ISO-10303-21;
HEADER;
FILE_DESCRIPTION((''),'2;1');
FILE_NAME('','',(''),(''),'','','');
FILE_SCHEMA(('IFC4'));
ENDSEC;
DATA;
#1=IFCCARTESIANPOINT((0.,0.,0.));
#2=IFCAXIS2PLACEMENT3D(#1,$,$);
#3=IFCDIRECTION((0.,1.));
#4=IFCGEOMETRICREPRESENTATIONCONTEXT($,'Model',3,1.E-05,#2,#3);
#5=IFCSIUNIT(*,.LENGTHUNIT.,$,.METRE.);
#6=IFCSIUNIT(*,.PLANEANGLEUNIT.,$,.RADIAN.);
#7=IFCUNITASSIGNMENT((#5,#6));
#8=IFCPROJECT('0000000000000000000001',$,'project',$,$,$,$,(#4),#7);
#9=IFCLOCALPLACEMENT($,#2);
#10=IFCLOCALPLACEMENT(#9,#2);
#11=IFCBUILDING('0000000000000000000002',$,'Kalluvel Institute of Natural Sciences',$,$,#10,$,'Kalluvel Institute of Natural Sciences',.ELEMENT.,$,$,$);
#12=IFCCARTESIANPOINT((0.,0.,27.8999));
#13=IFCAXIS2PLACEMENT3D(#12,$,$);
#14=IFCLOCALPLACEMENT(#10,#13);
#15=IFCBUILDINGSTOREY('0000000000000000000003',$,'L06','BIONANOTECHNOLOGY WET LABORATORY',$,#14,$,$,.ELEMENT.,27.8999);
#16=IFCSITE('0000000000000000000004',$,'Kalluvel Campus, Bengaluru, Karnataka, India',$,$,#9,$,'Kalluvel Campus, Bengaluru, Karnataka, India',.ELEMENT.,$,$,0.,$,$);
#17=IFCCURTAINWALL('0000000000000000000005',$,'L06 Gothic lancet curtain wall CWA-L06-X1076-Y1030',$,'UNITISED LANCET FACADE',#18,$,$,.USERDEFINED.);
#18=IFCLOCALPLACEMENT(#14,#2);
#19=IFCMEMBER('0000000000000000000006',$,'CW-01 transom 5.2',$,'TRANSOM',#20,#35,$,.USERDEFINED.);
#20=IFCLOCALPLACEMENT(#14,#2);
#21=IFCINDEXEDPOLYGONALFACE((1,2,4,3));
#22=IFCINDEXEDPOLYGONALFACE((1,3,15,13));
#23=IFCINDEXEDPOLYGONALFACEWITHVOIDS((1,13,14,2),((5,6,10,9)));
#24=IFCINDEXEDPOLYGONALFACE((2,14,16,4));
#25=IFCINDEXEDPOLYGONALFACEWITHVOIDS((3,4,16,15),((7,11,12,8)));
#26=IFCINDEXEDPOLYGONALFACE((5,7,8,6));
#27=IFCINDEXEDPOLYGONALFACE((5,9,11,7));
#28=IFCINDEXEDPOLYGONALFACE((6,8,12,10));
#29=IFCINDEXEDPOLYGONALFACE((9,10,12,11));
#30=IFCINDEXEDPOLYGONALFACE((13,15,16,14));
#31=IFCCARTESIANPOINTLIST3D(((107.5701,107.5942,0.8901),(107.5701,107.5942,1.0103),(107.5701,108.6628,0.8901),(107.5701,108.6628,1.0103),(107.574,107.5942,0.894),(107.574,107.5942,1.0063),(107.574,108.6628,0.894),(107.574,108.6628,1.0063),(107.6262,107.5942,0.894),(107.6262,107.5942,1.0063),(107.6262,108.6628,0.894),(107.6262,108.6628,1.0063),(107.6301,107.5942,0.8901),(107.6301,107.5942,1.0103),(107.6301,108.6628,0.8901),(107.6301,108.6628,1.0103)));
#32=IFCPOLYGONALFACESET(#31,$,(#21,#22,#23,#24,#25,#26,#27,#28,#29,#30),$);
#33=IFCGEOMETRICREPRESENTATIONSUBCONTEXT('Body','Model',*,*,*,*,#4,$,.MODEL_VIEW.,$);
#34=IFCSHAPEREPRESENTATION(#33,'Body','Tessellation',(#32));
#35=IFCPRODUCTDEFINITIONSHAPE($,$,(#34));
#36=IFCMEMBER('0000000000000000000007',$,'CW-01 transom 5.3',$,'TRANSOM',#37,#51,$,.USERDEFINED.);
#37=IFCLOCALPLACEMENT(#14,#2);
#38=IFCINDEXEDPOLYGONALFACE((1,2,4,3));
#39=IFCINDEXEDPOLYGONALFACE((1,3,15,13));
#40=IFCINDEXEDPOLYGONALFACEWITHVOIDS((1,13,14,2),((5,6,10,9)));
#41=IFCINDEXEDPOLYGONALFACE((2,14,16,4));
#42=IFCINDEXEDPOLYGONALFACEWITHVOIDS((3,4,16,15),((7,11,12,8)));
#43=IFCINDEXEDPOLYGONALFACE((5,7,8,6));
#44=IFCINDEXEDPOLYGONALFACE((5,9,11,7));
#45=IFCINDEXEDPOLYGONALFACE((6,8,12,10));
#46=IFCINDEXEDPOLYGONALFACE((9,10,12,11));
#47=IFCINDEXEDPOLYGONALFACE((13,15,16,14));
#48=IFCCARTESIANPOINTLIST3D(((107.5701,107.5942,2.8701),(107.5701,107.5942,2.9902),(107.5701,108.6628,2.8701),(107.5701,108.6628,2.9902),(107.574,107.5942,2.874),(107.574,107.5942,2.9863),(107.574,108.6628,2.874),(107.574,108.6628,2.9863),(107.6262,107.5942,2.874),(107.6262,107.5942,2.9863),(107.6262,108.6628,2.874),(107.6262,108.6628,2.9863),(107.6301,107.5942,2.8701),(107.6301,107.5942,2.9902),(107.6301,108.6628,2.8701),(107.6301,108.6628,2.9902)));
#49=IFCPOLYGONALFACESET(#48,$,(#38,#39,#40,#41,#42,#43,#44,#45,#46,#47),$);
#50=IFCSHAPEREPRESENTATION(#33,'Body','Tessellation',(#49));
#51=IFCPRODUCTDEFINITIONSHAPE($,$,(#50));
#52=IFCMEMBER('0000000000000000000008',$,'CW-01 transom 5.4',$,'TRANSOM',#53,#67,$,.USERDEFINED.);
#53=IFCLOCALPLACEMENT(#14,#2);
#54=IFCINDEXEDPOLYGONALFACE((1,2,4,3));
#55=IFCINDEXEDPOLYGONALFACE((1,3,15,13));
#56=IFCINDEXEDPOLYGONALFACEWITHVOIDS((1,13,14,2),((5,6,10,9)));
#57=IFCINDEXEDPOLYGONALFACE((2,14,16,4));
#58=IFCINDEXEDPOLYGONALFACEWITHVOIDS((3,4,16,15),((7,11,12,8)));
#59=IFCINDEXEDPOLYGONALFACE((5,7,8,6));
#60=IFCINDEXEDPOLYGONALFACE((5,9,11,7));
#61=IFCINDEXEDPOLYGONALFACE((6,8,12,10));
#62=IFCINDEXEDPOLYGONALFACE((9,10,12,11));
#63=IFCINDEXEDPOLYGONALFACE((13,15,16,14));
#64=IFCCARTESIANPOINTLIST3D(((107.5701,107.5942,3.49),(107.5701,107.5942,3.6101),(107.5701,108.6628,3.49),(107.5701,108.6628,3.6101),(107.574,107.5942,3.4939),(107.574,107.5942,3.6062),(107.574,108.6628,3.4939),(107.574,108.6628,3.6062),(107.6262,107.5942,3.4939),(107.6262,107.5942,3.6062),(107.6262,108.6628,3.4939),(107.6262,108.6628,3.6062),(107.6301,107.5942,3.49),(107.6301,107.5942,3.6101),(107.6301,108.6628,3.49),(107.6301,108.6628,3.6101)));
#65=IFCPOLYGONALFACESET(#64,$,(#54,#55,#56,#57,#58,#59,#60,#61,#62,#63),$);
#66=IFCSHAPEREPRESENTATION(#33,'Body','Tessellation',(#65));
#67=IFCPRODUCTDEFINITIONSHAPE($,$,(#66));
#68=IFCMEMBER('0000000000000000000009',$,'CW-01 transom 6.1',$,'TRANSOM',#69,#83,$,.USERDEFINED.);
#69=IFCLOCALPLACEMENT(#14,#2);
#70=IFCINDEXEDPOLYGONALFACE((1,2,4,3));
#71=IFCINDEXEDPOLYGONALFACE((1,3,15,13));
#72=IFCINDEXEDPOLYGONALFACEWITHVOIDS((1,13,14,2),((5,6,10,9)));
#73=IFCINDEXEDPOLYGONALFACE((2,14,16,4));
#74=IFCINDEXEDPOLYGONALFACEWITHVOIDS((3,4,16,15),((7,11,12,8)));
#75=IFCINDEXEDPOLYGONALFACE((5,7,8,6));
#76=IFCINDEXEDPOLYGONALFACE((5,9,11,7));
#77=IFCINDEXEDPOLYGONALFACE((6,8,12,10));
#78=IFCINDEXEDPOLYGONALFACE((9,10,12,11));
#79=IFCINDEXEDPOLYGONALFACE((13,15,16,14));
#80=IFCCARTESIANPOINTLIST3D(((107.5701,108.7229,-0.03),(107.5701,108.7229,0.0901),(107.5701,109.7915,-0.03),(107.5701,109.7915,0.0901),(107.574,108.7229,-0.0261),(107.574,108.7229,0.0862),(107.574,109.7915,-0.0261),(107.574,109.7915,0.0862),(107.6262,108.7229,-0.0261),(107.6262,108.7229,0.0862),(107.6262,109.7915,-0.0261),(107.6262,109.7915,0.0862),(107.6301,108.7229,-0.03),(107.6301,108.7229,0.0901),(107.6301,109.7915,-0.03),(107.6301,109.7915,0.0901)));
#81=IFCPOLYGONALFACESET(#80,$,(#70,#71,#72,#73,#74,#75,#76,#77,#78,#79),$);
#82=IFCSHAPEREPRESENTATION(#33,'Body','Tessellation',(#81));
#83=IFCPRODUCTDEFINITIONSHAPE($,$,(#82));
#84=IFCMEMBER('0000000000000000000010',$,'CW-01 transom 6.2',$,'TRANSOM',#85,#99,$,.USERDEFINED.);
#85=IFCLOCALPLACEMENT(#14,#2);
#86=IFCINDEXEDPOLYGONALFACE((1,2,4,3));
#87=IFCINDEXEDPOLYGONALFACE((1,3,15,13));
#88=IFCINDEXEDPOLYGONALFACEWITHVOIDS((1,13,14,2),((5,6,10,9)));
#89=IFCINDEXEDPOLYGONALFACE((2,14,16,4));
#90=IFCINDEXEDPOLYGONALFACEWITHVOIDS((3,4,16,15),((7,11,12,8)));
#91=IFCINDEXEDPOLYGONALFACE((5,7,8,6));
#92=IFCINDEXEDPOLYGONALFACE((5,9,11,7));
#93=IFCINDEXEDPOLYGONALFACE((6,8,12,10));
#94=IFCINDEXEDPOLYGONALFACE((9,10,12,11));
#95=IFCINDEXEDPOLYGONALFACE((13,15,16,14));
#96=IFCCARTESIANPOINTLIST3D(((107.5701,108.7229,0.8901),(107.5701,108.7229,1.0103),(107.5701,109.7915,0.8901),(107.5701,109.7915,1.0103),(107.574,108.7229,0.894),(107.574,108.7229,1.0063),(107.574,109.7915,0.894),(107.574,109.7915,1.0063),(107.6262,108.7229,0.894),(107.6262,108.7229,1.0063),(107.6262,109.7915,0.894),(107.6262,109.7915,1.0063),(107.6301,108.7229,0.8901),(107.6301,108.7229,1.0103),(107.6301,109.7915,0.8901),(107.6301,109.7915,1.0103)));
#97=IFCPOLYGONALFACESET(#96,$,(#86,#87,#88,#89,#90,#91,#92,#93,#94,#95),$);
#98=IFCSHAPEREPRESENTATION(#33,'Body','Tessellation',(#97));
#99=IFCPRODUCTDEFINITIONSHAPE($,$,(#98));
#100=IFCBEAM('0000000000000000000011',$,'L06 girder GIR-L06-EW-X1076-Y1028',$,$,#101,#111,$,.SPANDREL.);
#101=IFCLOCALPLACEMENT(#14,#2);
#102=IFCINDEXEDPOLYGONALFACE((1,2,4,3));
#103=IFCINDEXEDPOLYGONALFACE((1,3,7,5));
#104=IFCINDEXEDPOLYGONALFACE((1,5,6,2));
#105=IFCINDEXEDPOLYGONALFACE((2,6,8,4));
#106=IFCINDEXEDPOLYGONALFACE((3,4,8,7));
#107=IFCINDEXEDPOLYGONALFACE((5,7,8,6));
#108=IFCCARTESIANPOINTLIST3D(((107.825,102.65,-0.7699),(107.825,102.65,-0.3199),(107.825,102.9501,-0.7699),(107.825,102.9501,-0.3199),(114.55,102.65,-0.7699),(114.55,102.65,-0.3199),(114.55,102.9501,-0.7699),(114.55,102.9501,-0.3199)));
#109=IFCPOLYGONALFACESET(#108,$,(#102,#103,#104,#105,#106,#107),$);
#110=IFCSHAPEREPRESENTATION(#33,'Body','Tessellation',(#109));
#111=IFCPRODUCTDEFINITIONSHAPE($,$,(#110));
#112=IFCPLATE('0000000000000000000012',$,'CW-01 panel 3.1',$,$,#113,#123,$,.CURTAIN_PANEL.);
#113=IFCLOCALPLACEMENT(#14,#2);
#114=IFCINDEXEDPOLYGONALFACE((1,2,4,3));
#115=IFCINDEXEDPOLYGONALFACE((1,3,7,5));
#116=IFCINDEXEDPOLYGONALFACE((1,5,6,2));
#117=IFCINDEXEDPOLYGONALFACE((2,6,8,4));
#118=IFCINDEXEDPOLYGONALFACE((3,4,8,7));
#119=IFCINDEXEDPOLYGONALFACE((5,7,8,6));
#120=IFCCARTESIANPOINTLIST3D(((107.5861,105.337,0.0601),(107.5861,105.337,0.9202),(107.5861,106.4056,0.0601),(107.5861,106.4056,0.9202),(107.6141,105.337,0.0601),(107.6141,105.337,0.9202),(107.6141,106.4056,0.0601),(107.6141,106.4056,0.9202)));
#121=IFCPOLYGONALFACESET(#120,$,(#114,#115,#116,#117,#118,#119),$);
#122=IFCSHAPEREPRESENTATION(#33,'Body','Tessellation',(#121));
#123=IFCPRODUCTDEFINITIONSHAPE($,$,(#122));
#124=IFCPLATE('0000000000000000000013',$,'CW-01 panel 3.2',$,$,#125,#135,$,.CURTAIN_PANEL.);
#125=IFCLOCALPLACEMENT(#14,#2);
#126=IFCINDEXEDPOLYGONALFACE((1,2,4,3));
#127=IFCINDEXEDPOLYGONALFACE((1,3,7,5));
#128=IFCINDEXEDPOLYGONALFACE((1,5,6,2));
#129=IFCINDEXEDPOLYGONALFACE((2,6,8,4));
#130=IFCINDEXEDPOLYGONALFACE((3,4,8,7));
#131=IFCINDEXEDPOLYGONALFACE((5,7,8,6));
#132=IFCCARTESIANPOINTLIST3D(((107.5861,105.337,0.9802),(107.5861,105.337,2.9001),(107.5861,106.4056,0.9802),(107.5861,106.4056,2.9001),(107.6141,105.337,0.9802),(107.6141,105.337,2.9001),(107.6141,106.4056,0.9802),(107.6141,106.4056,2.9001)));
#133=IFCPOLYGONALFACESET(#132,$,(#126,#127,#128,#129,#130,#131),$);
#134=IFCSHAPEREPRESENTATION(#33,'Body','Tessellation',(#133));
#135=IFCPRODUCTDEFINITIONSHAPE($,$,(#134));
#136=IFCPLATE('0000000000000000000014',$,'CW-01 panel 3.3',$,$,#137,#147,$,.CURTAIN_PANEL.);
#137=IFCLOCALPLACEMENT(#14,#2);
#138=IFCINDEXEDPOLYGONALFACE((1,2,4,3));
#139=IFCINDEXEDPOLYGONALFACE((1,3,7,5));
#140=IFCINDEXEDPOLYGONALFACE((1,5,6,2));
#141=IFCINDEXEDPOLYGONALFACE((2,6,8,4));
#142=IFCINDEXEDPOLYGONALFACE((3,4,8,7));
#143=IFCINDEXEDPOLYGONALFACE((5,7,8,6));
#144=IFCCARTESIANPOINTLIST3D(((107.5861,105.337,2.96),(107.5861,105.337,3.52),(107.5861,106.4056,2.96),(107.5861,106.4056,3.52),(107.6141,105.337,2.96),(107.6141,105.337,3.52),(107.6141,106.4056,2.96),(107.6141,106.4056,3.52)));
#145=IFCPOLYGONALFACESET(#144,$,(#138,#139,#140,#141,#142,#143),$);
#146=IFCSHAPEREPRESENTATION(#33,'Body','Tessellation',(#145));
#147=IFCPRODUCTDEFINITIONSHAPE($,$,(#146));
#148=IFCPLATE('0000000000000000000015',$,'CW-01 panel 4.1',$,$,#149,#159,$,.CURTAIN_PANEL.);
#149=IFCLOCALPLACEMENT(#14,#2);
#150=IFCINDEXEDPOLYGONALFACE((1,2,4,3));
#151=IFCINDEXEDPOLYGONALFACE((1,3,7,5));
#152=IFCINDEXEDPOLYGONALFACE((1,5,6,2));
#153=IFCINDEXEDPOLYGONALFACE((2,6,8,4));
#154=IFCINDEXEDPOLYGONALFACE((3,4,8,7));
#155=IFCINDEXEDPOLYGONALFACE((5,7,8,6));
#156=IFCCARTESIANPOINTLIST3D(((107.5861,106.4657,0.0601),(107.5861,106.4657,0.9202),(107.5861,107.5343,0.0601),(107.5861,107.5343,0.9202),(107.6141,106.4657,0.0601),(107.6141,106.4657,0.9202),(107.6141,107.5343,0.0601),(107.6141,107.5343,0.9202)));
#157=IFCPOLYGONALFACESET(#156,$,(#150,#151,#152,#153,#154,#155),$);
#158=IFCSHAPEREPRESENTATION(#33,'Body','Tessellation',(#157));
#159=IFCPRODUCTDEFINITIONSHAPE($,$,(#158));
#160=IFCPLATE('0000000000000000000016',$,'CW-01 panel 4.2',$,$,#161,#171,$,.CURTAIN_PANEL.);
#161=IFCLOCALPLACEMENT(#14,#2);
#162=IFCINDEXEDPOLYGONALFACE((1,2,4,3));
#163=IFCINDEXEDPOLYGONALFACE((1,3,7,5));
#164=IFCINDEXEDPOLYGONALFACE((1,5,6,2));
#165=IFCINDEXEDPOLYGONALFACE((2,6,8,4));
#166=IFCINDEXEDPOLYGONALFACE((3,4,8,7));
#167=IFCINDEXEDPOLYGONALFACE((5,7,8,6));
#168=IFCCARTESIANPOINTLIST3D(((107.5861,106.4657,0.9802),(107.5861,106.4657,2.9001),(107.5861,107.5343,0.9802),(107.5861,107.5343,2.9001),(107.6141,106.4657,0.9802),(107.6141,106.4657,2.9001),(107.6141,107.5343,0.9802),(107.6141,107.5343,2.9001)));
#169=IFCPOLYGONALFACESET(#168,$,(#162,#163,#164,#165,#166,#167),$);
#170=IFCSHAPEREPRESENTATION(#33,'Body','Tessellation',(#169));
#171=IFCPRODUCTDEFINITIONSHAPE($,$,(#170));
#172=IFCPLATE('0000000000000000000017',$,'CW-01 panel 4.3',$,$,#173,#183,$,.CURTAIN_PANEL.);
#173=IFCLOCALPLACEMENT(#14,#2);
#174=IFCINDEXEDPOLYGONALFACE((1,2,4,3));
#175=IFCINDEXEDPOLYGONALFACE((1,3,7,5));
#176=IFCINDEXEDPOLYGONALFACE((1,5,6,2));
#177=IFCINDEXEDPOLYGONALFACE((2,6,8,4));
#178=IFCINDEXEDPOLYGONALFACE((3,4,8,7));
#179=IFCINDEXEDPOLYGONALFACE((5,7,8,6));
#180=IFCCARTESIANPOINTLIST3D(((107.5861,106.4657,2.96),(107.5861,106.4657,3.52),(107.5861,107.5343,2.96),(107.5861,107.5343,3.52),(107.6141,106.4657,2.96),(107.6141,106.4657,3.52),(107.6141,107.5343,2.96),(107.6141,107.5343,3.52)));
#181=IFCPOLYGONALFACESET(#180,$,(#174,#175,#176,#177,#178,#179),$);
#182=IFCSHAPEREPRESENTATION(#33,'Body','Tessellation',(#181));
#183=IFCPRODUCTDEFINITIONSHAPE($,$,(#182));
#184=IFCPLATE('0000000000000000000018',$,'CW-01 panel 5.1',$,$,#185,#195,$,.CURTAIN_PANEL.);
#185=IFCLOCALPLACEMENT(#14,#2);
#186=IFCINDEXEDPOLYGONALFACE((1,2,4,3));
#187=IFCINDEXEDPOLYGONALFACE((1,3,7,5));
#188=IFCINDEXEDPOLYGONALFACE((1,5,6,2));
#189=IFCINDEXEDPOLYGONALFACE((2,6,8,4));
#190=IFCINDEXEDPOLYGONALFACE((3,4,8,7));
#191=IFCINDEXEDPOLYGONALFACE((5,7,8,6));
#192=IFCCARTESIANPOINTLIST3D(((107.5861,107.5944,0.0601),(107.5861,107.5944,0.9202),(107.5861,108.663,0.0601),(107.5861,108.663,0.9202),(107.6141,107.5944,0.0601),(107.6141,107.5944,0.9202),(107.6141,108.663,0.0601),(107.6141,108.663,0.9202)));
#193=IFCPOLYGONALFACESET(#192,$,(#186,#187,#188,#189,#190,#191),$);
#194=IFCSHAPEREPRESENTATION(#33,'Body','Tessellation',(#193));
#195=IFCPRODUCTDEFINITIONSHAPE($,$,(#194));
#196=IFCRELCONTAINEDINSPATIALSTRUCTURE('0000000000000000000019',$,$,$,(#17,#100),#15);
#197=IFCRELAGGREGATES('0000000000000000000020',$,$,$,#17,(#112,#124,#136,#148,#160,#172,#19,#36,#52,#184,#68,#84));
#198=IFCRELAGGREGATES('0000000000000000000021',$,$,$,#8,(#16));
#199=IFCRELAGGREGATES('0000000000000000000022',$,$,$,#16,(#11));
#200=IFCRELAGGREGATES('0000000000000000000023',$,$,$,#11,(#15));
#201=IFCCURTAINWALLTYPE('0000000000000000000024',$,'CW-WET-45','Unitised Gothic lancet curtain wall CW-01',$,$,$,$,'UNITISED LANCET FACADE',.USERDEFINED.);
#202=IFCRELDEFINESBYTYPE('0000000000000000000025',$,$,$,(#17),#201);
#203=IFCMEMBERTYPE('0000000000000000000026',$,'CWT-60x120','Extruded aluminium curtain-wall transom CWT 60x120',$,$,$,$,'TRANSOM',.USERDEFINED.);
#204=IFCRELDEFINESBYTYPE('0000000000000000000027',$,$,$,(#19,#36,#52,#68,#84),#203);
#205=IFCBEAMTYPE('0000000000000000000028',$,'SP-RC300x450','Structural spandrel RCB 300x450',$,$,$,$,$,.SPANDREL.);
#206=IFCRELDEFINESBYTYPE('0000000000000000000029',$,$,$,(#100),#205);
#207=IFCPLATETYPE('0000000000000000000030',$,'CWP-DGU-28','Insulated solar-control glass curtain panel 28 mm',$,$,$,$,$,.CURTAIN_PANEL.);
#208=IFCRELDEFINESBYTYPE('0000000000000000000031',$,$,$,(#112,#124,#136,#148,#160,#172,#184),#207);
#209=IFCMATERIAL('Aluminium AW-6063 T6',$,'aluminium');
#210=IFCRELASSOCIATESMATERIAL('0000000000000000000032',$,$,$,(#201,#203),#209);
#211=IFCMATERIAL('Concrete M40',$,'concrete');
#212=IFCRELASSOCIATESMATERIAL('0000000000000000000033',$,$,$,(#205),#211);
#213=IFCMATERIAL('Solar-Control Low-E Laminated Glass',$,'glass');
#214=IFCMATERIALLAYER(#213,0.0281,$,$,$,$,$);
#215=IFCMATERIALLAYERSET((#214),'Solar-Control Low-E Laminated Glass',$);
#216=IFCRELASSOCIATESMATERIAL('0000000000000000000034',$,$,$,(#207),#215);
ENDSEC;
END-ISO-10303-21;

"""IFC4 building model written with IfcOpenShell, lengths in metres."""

from ifc_helpers import new_model, si_unit, direction, frame, origin, origin_2d, place, context, subcontext, project, spatial, rectangle, hollow_rectangle, extrude, material, layer, layer_set, material_profile, profile_set, type_object, element, aggregate, save


model = new_model("IFC4")

# Units and contexts
model_context = context("Model", 3, precision=1e-05, world=origin(), true_north=direction((0.0, 1.0)))
body_context = subcontext(model_context, "Body", "Model", "MODEL_VIEW")
ifc_project = project(units=[si_unit("LENGTHUNIT", "METRE"), si_unit("PLANEANGLEUNIT", "RADIAN")], contexts=[model_context])

# Site, building, storey
site_placement = place(None, origin())
site = spatial("IfcSite", under=ifc_project, at=site_placement, Name="Kalluvel Campus, Bengaluru, Karnataka, India", LongName="Kalluvel Campus, Bengaluru, Karnataka, India", CompositionType="ELEMENT", RefElevation=0.0)
building_placement = place(site_placement, origin())
building = spatial("IfcBuilding", under=site, at=building_placement, Name="Kalluvel Institute of Natural Sciences", LongName="Kalluvel Institute of Natural Sciences", CompositionType="ELEMENT")
storey_placement = place(building_placement, frame((0.0, 0.0, 27.8999)))
storey = spatial("IfcBuildingStorey", under=building, at=storey_placement, Name="L06", Description="BIONANOTECHNOLOGY WET LABORATORY", CompositionType="ELEMENT", Elevation=27.8999)

# Curtain wall, members
ifc_material_1 = material(Name="Aluminium AW-6063 T6", Category="aluminium")
curtain_wall_type = type_object("IfcCurtainWallType", Name="CW-WET-45", Description="Unitised Gothic lancet curtain wall CW-01", ElementType="UNITISED LANCET FACADE", PredefinedType="USERDEFINED", material=ifc_material_1)
curtain_wall_placement = place(storey_placement, origin())
curtain_wall = element("IfcCurtainWall", 1, at=curtain_wall_placement, inside=storey, type_object=curtain_wall_type, Name="L06 Gothic lancet curtain wall CWA-L06-X1076-Y1030", ObjectType="UNITISED LANCET FACADE", PredefinedType="USERDEFINED")
ifc_material_profile_1 = material_profile(ifc_material_1, hollow_rectangle(XDim=0.0601, YDim=0.1201, WallThickness=0.0039, at=origin_2d()), Name="CWT 60x120")
ifc_profile_set_1 = profile_set([ifc_material_profile_1], Name="Aluminium AW-6063 T6")
member_type_1 = type_object("IfcMemberType", Name="CWT-60x120", Description="Extruded aluminium curtain-wall transom CWT 60x120", ElementType="TRANSOM", PredefinedType="USERDEFINED", material=ifc_profile_set_1)
member_1_placement = place(storey_placement, frame((107.6001, 107.5942, 0.9502), z_axis=(0.0, 1.0, 0.0), x_axis=(-1.0, 0.0, 0.0)))
member_1 = element("IfcMember", 2, at=member_1_placement, type_object=member_type_1, Name="CW-01 transom 5.2", ObjectType="TRANSOM", PredefinedType="USERDEFINED", context=body_context, shape_type="SweptSolid", body=[
    extrude(hollow_rectangle(XDim=0.0601, YDim=0.1201, WallThickness=0.0039, at=origin_2d()), origin(), (0.0, 0.0, 1.0), 1.0686),
])
member_2_placement = place(storey_placement, frame((107.6001, 107.5942, 2.9302), z_axis=(0.0, 1.0, 0.0), x_axis=(-1.0, 0.0, 0.0)))
member_2 = element("IfcMember", 3, at=member_2_placement, type_object=member_type_1, Name="CW-01 transom 5.3", ObjectType="TRANSOM", PredefinedType="USERDEFINED", context=body_context, shape_type="SweptSolid", body=[
    extrude(hollow_rectangle(XDim=0.0601, YDim=0.1201, WallThickness=0.0039, at=origin_2d()), origin(), (0.0, 0.0, 1.0), 1.0686),
])
member_3_placement = place(storey_placement, frame((107.6001, 107.5942, 3.55), z_axis=(0.0, 1.0, 0.0), x_axis=(-1.0, 0.0, 0.0)))
member_3 = element("IfcMember", 4, at=member_3_placement, type_object=member_type_1, Name="CW-01 transom 5.4", ObjectType="TRANSOM", PredefinedType="USERDEFINED", context=body_context, shape_type="SweptSolid", body=[
    extrude(hollow_rectangle(XDim=0.0601, YDim=0.1201, WallThickness=0.0039, at=origin_2d()), origin(), (0.0, 0.0, 1.0), 1.0686),
])
member_4_placement = place(storey_placement, frame((107.6001, 108.7229, 0.03), z_axis=(0.0, 1.0, 0.0), x_axis=(-1.0, 0.0, 0.0)))
member_4 = element("IfcMember", 5, at=member_4_placement, type_object=member_type_1, Name="CW-01 transom 6.1", ObjectType="TRANSOM", PredefinedType="USERDEFINED", context=body_context, shape_type="SweptSolid", body=[
    extrude(hollow_rectangle(XDim=0.0601, YDim=0.1201, WallThickness=0.0039, at=origin_2d()), origin(), (0.0, 0.0, 1.0), 1.0686),
])
member_5_placement = place(storey_placement, frame((107.6001, 108.7229, 0.9502), z_axis=(0.0, 1.0, 0.0), x_axis=(-1.0, 0.0, 0.0)))
member_5 = element("IfcMember", 6, at=member_5_placement, type_object=member_type_1, Name="CW-01 transom 6.2", ObjectType="TRANSOM", PredefinedType="USERDEFINED", context=body_context, shape_type="SweptSolid", body=[
    extrude(hollow_rectangle(XDim=0.0601, YDim=0.1201, WallThickness=0.0039, at=origin_2d()), origin(), (0.0, 0.0, 1.0), 1.0686),
])

# Beam
ifc_material_2 = material(Name="Concrete M40", Category="concrete")
ifc_material_profile_2 = material_profile(ifc_material_2, rectangle(XDim=0.3, YDim=0.45, at=origin_2d()), Name="RCB 300x450")
ifc_profile_set_2 = profile_set([ifc_material_profile_2], Name="Concrete M40")
beam_type_1 = type_object("IfcBeamType", Name="SP-RC300x450", Description="Structural spandrel RCB 300x450", PredefinedType="SPANDREL", material=ifc_profile_set_2)
beam_1_placement = place(storey_placement, frame((107.825, 102.8, -0.5449), z_axis=(1.0, 0.0, 0.0), x_axis=(0.0, 1.0, 0.0)))
element("IfcBeam", 7, at=beam_1_placement, inside=storey, type_object=beam_type_1, Name="L06 girder GIR-L06-EW-X1076-Y1028", PredefinedType="SPANDREL", context=body_context, shape_type="SweptSolid", body=[
    extrude(rectangle(XDim=0.3, YDim=0.45, at=origin_2d()), origin(), (0.0, 0.0, 1.0), 6.7251),
])

# Plates
ifc_material_3 = material(Name="Solar-Control Low-E Laminated Glass", Category="glass")
ifc_layer = layer(ifc_material_3, 0.0281)
ifc_layer_set = layer_set([ifc_layer], Name="Solar-Control Low-E Laminated Glass")
plate_type = type_object("IfcPlateType", Name="CWP-DGU-28", Description="Insulated solar-control glass curtain panel 28 mm", PredefinedType="CURTAIN_PANEL", material=ifc_layer_set)
plate_1_placement = place(storey_placement, frame((107.6001, 105.8713, 0.0601), z_axis=(0.0, 0.0, 1.0), x_axis=(0.0, 1.0, 0.0)))
plate_1 = element("IfcPlate", 8, at=plate_1_placement, type_object=plate_type, Name="CW-01 panel 3.1", PredefinedType="CURTAIN_PANEL", context=body_context, shape_type="SweptSolid", body=[
    extrude(rectangle(XDim=1.0686, YDim=0.0281, at=origin_2d()), origin(), (0.0, 0.0, 1.0), 0.8601),
])
plate_2_placement = place(storey_placement, frame((107.6001, 105.8713, 0.9802), z_axis=(0.0, 0.0, 1.0), x_axis=(0.0, 1.0, 0.0)))
plate_2 = element("IfcPlate", 9, at=plate_2_placement, type_object=plate_type, Name="CW-01 panel 3.2", PredefinedType="CURTAIN_PANEL", context=body_context, shape_type="SweptSolid", body=[
    extrude(rectangle(XDim=1.0686, YDim=0.0281, at=origin_2d()), origin(), (0.0, 0.0, 1.0), 1.9199),
])
plate_3_placement = place(storey_placement, frame((107.6001, 105.8713, 2.96), z_axis=(0.0, 0.0, 1.0), x_axis=(0.0, 1.0, 0.0)))
plate_3 = element("IfcPlate", 10, at=plate_3_placement, type_object=plate_type, Name="CW-01 panel 3.3", PredefinedType="CURTAIN_PANEL", context=body_context, shape_type="SweptSolid", body=[
    extrude(rectangle(XDim=1.0686, YDim=0.0281, at=origin_2d()), origin(), (0.0, 0.0, 1.0), 0.5601),
])
plate_4_placement = place(storey_placement, frame((107.6001, 107.0, 0.0601), z_axis=(0.0, 0.0, 1.0), x_axis=(0.0, 1.0, 0.0)))
plate_4 = element("IfcPlate", 11, at=plate_4_placement, type_object=plate_type, Name="CW-01 panel 4.1", PredefinedType="CURTAIN_PANEL", context=body_context, shape_type="SweptSolid", body=[
    extrude(rectangle(XDim=1.0686, YDim=0.0281, at=origin_2d()), origin(), (0.0, 0.0, 1.0), 0.8601),
])
plate_5_placement = place(storey_placement, frame((107.6001, 107.0, 0.9802), z_axis=(0.0, 0.0, 1.0), x_axis=(0.0, 1.0, 0.0)))
plate_5 = element("IfcPlate", 12, at=plate_5_placement, type_object=plate_type, Name="CW-01 panel 4.2", PredefinedType="CURTAIN_PANEL", context=body_context, shape_type="SweptSolid", body=[
    extrude(rectangle(XDim=1.0686, YDim=0.0281, at=origin_2d()), origin(), (0.0, 0.0, 1.0), 1.9199),
])
plate_6_placement = place(storey_placement, frame((107.6001, 107.0, 2.96), z_axis=(0.0, 0.0, 1.0), x_axis=(0.0, 1.0, 0.0)))
plate_6 = element("IfcPlate", 13, at=plate_6_placement, type_object=plate_type, Name="CW-01 panel 4.3", PredefinedType="CURTAIN_PANEL", context=body_context, shape_type="SweptSolid", body=[
    extrude(rectangle(XDim=1.0686, YDim=0.0281, at=origin_2d()), origin(), (0.0, 0.0, 1.0), 0.5601),
])
plate_7_placement = place(storey_placement, frame((107.6001, 108.1287, 0.0601), z_axis=(0.0, 0.0, 1.0), x_axis=(0.0, 1.0, 0.0)))
plate_7 = element("IfcPlate", 14, at=plate_7_placement, type_object=plate_type, Name="CW-01 panel 5.1", PredefinedType="CURTAIN_PANEL", context=body_context, shape_type="SweptSolid", body=[
    extrude(rectangle(XDim=1.0686, YDim=0.0281, at=origin_2d()), origin(), (0.0, 0.0, 1.0), 0.8601),
])
aggregate(curtain_wall, [plate_1, plate_2, plate_3, plate_4, plate_5, plate_6, member_1, member_2, member_3, plate_7, member_4, member_5])

save(model, "model.ifc")
